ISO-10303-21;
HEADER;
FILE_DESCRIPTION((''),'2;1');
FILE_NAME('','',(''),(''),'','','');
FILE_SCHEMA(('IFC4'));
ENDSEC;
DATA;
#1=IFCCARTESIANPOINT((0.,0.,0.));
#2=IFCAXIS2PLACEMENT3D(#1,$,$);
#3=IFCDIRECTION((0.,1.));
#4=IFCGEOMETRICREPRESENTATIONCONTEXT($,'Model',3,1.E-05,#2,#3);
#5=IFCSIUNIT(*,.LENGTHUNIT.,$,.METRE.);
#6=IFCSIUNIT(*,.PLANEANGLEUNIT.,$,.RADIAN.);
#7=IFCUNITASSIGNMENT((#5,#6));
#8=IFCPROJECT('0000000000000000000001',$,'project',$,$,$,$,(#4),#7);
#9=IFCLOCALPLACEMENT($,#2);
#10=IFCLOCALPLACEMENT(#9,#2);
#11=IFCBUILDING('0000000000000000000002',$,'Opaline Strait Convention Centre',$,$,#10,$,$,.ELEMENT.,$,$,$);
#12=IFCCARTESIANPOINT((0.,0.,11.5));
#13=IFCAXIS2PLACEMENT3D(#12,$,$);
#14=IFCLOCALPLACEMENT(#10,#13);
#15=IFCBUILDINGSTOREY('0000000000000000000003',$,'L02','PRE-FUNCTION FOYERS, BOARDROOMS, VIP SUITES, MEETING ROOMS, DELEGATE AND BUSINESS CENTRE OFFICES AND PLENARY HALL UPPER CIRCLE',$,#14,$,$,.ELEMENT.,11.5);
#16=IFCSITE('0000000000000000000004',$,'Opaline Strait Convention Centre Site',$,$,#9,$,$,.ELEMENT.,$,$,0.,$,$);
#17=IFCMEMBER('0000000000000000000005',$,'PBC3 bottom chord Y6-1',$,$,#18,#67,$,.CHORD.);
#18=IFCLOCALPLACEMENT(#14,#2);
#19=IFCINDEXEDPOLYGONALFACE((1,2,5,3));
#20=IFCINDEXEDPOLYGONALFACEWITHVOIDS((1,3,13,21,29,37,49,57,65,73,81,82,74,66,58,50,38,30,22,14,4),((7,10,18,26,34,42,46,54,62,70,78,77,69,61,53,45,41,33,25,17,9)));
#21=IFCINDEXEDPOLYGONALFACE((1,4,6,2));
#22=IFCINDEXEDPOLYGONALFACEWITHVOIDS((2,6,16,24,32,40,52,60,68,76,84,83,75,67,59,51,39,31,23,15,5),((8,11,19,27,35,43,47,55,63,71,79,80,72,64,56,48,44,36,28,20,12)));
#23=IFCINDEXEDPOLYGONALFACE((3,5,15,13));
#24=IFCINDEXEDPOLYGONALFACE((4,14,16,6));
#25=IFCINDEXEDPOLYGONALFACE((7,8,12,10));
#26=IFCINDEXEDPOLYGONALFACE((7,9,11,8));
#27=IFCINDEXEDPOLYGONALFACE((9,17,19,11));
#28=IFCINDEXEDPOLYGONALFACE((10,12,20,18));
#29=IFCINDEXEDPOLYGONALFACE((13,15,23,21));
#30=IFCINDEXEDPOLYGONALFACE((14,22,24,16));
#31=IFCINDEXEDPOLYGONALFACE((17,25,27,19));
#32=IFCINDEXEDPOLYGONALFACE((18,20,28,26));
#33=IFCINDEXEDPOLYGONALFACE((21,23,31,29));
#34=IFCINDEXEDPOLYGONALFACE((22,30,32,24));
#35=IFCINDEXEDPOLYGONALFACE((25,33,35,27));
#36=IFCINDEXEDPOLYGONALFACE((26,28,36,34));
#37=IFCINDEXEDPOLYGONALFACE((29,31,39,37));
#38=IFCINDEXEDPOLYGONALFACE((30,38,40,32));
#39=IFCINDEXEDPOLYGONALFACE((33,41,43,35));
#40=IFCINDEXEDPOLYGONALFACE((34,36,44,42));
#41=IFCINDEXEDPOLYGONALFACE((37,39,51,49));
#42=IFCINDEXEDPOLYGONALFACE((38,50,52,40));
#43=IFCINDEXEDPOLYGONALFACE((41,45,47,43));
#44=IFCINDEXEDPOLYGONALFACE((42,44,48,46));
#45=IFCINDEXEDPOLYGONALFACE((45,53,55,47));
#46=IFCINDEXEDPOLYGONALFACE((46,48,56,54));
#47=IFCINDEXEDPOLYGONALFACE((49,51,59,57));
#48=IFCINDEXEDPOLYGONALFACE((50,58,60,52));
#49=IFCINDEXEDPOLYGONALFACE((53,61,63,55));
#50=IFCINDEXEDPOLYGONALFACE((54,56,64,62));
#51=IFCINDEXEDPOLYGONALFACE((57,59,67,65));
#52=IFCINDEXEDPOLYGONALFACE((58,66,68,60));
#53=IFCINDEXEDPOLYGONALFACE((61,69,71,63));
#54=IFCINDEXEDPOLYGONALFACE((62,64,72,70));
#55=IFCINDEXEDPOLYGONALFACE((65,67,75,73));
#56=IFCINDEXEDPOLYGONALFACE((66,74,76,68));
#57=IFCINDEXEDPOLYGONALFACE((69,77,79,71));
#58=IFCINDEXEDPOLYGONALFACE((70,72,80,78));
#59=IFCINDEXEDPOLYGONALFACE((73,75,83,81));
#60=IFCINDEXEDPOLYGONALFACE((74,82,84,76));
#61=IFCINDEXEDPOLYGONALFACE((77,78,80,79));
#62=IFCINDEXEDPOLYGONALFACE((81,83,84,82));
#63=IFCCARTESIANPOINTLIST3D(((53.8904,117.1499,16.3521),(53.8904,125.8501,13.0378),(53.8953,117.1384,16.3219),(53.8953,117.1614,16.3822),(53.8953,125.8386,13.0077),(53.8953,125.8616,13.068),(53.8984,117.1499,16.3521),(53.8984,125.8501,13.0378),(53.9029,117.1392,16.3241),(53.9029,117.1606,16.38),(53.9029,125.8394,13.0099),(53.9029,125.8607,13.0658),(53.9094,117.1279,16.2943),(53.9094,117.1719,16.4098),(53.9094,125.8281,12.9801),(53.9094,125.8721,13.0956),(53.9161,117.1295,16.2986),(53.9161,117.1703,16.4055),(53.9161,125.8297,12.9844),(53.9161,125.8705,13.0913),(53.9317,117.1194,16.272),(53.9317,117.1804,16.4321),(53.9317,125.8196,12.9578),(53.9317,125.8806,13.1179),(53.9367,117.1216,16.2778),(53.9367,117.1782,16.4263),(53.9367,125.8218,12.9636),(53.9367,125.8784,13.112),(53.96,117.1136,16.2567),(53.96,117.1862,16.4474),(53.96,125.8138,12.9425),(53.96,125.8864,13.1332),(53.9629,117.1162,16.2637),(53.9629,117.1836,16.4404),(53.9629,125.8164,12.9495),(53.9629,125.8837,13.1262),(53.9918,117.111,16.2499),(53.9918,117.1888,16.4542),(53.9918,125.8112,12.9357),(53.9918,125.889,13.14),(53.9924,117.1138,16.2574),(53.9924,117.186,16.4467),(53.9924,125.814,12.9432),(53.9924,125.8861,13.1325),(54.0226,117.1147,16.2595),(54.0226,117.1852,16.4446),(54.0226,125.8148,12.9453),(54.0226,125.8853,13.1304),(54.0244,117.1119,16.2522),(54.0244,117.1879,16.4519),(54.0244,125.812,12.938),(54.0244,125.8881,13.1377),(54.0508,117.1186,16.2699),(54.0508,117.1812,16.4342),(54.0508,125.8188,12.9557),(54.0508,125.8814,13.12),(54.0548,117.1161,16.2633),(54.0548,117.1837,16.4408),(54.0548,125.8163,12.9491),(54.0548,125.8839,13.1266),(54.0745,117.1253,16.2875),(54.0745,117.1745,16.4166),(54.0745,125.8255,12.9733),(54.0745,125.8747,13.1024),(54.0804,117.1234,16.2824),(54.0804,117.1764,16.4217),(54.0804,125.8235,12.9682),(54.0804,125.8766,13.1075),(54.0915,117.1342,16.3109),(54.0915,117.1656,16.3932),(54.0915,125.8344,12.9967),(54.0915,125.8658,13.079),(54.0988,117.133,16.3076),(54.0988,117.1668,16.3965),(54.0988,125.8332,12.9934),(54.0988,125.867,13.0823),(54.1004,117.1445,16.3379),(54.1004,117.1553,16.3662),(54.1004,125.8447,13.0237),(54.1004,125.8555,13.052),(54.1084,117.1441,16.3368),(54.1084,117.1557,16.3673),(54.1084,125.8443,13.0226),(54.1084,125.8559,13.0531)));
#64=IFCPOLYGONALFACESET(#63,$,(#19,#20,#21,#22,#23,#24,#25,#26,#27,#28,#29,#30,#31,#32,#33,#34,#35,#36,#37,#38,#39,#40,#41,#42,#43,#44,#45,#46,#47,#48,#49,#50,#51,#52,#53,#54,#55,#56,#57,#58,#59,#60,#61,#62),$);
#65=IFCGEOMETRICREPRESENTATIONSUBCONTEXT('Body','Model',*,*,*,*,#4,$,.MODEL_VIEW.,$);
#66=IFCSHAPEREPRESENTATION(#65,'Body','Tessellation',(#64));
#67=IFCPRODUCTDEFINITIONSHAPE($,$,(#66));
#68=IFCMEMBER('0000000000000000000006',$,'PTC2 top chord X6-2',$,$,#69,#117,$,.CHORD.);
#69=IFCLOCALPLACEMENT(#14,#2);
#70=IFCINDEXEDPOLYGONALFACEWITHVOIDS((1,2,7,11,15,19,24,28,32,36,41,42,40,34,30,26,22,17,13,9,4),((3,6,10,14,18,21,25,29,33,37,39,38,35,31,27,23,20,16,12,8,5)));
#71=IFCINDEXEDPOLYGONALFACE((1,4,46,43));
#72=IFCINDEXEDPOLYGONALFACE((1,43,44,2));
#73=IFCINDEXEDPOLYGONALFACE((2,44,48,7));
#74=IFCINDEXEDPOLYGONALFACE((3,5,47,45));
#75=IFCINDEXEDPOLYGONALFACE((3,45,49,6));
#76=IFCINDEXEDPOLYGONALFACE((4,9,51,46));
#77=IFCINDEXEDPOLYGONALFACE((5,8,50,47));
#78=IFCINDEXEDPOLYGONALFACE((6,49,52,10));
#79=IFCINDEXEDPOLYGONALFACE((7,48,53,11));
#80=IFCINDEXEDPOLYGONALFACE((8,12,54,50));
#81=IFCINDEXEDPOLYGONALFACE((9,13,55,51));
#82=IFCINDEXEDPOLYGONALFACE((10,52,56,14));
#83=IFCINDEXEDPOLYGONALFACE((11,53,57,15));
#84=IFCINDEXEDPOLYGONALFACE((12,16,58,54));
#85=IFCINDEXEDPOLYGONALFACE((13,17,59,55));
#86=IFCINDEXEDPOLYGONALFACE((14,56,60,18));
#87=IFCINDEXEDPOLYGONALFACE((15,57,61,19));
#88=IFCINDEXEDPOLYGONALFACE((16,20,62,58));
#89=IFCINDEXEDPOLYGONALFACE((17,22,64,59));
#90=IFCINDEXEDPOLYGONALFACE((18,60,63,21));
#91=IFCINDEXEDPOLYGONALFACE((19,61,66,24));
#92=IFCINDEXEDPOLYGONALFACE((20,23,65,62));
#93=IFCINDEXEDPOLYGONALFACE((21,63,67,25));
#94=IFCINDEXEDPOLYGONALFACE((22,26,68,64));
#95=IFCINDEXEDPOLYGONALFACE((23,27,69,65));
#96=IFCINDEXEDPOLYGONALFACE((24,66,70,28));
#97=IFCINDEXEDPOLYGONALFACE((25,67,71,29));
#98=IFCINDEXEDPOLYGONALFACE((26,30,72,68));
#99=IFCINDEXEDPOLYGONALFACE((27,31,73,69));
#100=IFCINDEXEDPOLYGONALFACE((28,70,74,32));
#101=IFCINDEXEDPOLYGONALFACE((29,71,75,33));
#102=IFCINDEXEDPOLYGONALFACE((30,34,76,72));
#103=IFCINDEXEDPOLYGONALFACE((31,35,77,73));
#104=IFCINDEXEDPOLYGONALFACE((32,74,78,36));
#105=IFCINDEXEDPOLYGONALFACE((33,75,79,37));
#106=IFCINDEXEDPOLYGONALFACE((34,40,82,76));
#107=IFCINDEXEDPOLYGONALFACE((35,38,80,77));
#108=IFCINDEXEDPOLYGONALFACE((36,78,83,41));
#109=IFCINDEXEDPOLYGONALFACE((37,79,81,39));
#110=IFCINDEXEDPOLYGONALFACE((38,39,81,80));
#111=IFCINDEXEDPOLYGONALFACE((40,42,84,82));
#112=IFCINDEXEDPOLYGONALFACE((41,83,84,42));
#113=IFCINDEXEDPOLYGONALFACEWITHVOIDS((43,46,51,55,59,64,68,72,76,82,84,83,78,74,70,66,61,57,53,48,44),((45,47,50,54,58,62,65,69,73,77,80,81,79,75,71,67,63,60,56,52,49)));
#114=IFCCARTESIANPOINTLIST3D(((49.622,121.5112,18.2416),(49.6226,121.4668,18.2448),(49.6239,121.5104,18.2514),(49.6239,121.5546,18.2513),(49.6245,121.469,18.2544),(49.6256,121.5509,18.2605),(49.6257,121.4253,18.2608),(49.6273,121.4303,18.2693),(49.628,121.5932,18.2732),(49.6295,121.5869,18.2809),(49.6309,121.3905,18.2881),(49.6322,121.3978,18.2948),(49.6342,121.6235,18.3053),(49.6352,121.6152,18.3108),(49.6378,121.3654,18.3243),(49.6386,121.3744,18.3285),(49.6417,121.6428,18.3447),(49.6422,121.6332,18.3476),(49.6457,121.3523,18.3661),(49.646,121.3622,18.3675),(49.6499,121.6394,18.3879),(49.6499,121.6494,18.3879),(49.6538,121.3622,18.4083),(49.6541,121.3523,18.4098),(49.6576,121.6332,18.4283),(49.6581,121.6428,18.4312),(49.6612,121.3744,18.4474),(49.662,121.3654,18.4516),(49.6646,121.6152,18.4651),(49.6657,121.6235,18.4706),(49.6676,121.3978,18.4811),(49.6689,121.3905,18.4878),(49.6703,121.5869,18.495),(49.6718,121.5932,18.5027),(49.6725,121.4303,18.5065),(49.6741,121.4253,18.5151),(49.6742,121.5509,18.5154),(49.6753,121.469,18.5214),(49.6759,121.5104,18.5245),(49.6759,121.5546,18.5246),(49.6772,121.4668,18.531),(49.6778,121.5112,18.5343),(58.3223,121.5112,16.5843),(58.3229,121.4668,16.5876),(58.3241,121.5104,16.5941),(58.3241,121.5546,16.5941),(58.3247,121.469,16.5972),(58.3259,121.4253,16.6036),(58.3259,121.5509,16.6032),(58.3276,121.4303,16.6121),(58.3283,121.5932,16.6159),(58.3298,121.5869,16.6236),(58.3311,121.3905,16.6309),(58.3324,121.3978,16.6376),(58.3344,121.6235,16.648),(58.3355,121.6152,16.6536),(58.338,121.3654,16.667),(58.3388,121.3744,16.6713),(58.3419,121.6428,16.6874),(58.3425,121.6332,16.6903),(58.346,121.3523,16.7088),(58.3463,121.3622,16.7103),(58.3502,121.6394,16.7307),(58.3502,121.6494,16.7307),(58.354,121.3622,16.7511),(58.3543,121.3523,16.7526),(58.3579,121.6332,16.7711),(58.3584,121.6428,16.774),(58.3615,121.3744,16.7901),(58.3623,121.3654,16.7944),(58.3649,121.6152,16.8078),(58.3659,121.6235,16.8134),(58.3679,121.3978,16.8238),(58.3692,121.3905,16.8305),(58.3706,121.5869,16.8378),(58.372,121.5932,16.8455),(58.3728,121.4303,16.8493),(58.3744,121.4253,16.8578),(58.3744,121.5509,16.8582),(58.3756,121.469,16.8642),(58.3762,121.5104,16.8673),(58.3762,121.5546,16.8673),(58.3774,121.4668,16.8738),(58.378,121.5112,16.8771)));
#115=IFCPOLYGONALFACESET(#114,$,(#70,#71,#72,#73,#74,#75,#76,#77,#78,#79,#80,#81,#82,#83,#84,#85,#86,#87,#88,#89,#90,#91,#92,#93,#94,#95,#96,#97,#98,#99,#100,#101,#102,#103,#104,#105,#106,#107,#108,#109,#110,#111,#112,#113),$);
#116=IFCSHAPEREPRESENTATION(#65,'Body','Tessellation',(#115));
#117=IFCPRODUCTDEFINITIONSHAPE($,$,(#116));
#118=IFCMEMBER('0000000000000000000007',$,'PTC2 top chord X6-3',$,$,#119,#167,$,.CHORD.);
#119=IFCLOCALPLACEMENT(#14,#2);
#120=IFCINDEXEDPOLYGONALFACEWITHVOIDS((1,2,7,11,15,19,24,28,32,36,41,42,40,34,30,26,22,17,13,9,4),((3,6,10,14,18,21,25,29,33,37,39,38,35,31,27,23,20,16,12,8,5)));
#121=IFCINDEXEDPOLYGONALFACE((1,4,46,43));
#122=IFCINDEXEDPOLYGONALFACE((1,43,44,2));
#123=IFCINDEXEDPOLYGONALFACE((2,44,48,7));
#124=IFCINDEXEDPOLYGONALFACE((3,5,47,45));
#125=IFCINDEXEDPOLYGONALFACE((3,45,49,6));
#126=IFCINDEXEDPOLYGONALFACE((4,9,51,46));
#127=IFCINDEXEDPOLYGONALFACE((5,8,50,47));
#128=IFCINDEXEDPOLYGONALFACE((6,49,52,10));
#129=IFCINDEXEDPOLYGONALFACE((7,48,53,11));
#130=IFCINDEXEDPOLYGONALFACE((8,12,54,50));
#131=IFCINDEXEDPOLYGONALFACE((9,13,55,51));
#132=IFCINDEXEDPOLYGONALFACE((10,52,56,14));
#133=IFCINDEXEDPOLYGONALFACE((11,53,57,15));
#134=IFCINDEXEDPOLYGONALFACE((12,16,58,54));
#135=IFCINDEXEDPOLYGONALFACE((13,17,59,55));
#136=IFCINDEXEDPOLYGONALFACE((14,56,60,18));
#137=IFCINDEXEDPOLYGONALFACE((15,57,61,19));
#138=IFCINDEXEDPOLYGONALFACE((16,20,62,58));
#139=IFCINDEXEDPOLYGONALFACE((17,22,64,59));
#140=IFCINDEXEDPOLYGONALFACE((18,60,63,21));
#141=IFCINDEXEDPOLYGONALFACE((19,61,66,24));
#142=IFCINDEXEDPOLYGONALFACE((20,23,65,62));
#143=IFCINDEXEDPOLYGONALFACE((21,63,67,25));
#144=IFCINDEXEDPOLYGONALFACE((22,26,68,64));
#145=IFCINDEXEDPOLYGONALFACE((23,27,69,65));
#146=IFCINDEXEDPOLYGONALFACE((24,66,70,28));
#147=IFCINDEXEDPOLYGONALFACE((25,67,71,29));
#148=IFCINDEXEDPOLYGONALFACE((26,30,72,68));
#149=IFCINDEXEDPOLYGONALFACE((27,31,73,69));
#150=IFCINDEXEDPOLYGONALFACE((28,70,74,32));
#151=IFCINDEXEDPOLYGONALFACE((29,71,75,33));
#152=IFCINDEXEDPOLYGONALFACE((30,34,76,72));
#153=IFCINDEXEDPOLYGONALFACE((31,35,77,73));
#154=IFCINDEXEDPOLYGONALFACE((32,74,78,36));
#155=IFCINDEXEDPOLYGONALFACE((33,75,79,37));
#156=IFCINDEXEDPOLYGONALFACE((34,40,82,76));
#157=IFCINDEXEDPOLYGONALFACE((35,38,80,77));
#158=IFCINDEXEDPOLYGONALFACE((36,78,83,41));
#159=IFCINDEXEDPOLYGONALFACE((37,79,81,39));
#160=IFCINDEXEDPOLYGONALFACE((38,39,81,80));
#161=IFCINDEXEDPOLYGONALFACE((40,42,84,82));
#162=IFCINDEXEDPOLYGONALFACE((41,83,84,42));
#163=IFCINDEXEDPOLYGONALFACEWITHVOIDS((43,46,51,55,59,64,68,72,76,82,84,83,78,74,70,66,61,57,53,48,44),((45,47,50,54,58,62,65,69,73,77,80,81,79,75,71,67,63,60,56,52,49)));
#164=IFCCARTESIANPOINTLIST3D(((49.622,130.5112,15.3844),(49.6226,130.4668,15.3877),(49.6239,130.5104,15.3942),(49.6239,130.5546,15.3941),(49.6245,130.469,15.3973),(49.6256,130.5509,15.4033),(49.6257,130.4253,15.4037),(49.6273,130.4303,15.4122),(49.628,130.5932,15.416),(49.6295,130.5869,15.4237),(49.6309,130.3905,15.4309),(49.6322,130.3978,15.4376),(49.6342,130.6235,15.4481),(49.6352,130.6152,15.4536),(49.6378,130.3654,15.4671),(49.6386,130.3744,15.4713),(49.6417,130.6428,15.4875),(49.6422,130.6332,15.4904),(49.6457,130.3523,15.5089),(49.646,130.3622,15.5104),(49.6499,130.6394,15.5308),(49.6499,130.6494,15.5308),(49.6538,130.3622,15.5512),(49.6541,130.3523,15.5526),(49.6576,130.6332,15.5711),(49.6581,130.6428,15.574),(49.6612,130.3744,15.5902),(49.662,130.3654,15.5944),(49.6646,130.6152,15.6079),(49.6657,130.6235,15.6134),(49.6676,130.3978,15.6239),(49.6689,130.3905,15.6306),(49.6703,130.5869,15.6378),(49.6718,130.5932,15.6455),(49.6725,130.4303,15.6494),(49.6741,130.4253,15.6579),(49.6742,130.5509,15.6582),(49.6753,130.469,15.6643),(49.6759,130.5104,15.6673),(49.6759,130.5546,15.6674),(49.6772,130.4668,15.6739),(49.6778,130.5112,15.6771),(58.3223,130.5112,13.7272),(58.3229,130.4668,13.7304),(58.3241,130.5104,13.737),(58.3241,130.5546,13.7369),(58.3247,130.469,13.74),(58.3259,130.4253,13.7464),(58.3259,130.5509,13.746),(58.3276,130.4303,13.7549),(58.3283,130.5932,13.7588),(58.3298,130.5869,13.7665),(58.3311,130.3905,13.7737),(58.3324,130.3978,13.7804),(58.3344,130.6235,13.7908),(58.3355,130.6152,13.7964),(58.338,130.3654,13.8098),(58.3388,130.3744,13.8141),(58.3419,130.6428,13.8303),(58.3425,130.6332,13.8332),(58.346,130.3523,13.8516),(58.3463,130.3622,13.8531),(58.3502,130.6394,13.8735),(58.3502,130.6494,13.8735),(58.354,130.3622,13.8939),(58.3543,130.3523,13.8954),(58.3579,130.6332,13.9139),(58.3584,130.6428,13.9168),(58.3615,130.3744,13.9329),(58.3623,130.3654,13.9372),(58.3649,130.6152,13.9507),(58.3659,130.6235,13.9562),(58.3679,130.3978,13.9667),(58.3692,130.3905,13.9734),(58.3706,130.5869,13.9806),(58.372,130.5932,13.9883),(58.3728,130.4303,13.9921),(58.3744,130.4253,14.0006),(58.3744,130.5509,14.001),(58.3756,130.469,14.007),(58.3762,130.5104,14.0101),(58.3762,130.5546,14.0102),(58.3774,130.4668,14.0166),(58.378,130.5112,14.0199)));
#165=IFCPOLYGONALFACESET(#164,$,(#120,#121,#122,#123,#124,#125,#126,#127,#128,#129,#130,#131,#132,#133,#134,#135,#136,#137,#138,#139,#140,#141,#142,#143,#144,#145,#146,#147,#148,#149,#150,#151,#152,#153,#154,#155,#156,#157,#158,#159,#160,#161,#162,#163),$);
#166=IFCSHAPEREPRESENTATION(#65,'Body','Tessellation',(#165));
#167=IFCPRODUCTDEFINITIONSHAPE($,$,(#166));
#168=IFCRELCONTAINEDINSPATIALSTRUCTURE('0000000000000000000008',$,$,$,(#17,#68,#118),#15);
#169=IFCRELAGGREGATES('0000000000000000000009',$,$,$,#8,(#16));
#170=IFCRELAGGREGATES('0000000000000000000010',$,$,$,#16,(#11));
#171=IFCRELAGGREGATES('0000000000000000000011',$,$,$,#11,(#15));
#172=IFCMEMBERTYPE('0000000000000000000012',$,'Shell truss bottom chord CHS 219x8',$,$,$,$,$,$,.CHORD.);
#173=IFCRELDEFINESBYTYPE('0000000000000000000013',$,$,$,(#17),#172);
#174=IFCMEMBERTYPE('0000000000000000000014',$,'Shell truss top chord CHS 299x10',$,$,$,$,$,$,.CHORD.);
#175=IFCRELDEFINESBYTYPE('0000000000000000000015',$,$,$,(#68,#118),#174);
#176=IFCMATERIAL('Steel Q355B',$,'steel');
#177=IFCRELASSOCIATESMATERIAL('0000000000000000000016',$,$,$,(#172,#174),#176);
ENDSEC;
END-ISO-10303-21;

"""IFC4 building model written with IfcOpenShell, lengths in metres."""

from ifc_helpers import new_model, si_unit, direction, frame, origin, origin_2d, place, context, subcontext, project, spatial, hollow_circle, extrude, material, material_profile, profile_set, type_object, element, save


model = new_model("IFC4")

# Units and contexts
model_context = context("Model", 3, precision=1e-05, world=origin(), true_north=direction((0.0, 1.0)))
body_context = subcontext(model_context, "Body", "Model", "MODEL_VIEW")
ifc_project = project(units=[si_unit("LENGTHUNIT", "METRE"), si_unit("PLANEANGLEUNIT", "RADIAN")], contexts=[model_context])

# Site, building, storey
site_placement = place(None, origin())
site = spatial("IfcSite", under=ifc_project, at=site_placement, Name="Opaline Strait Convention Centre Site", CompositionType="ELEMENT", RefElevation=0.0)
building_placement = place(site_placement, origin())
building = spatial("IfcBuilding", under=site, at=building_placement, Name="Opaline Strait Convention Centre", CompositionType="ELEMENT")
storey_placement = place(building_placement, frame((0.0, 0.0, 11.5)))
storey = spatial("IfcBuildingStorey", under=building, at=storey_placement, Name="L02", Description="PRE-FUNCTION FOYERS, BOARDROOMS, VIP SUITES, MEETING ROOMS, DELEGATE AND BUSINESS CENTRE OFFICES AND PLENARY HALL UPPER CIRCLE", CompositionType="ELEMENT", Elevation=11.5)

# Members
ifc_material_1 = material(Name="Steel Q355B", Category="steel")
ifc_material_profile_1 = material_profile(ifc_material_1, hollow_circle(Radius=0.1096, WallThickness=0.0081, at=origin_2d()), Name="CHS 219x8")
ifc_profile_set_1 = profile_set([ifc_material_profile_1], Name="Steel Q355B")
member_type_1 = type_object("IfcMemberType", Name="Shell truss bottom chord CHS 219x8", PredefinedType="CHORD", material=ifc_profile_set_1)
member_1_placement = place(storey_placement, frame((54.0, 117.1499, 16.3521), z_axis=(0.0, 0.934493, -0.355981), x_axis=(-1.0, 0.0, 0.0)))
element("IfcMember", 1, at=member_1_placement, inside=storey, type_object=member_type_1, Name="PBC3 bottom chord Y6-1", PredefinedType="CHORD", context=body_context, shape_type="SweptSolid", body=[
    extrude(hollow_circle(Radius=0.1096, WallThickness=0.0081, at=origin_2d()), origin(), (0.0, 0.0, 1.0), 9.3101),
])
ifc_material_profile_2 = material_profile(ifc_material_1, hollow_circle(Radius=0.1494, WallThickness=0.01, at=origin_2d()), Name="CHS 299x10")
ifc_profile_set_2 = profile_set([ifc_material_profile_2], Name="Steel Q355B")
member_type_2 = type_object("IfcMemberType", Name="Shell truss top chord CHS 299x10", PredefinedType="CHORD", material=ifc_profile_set_2)
for number, where, z_axis, x_axis, name in (
    (2, (49.6499, 121.5, 18.3879), (0.982338, 0.0, -0.187117), (0.0, 1.0, 0.0), "PTC2 top chord X6-2"),
    (3, (49.6499, 130.5, 15.5308), (0.982338, 0.0, -0.187117), (0.0, 1.0, 0.0), "PTC2 top chord X6-3"),
):
    element("IfcMember", number, at=place(storey_placement, frame(where, z_axis=z_axis, x_axis=x_axis)), inside=storey, type_object=member_type_2, Name=name, PredefinedType="CHORD", context=body_context, shape_type="SweptSolid", body=[
        extrude(hollow_circle(Radius=0.1494, WallThickness=0.01, at=origin_2d()), origin(), (0.0, 0.0, 1.0), 8.8567),
    ])

save(model, "model.ifc")
